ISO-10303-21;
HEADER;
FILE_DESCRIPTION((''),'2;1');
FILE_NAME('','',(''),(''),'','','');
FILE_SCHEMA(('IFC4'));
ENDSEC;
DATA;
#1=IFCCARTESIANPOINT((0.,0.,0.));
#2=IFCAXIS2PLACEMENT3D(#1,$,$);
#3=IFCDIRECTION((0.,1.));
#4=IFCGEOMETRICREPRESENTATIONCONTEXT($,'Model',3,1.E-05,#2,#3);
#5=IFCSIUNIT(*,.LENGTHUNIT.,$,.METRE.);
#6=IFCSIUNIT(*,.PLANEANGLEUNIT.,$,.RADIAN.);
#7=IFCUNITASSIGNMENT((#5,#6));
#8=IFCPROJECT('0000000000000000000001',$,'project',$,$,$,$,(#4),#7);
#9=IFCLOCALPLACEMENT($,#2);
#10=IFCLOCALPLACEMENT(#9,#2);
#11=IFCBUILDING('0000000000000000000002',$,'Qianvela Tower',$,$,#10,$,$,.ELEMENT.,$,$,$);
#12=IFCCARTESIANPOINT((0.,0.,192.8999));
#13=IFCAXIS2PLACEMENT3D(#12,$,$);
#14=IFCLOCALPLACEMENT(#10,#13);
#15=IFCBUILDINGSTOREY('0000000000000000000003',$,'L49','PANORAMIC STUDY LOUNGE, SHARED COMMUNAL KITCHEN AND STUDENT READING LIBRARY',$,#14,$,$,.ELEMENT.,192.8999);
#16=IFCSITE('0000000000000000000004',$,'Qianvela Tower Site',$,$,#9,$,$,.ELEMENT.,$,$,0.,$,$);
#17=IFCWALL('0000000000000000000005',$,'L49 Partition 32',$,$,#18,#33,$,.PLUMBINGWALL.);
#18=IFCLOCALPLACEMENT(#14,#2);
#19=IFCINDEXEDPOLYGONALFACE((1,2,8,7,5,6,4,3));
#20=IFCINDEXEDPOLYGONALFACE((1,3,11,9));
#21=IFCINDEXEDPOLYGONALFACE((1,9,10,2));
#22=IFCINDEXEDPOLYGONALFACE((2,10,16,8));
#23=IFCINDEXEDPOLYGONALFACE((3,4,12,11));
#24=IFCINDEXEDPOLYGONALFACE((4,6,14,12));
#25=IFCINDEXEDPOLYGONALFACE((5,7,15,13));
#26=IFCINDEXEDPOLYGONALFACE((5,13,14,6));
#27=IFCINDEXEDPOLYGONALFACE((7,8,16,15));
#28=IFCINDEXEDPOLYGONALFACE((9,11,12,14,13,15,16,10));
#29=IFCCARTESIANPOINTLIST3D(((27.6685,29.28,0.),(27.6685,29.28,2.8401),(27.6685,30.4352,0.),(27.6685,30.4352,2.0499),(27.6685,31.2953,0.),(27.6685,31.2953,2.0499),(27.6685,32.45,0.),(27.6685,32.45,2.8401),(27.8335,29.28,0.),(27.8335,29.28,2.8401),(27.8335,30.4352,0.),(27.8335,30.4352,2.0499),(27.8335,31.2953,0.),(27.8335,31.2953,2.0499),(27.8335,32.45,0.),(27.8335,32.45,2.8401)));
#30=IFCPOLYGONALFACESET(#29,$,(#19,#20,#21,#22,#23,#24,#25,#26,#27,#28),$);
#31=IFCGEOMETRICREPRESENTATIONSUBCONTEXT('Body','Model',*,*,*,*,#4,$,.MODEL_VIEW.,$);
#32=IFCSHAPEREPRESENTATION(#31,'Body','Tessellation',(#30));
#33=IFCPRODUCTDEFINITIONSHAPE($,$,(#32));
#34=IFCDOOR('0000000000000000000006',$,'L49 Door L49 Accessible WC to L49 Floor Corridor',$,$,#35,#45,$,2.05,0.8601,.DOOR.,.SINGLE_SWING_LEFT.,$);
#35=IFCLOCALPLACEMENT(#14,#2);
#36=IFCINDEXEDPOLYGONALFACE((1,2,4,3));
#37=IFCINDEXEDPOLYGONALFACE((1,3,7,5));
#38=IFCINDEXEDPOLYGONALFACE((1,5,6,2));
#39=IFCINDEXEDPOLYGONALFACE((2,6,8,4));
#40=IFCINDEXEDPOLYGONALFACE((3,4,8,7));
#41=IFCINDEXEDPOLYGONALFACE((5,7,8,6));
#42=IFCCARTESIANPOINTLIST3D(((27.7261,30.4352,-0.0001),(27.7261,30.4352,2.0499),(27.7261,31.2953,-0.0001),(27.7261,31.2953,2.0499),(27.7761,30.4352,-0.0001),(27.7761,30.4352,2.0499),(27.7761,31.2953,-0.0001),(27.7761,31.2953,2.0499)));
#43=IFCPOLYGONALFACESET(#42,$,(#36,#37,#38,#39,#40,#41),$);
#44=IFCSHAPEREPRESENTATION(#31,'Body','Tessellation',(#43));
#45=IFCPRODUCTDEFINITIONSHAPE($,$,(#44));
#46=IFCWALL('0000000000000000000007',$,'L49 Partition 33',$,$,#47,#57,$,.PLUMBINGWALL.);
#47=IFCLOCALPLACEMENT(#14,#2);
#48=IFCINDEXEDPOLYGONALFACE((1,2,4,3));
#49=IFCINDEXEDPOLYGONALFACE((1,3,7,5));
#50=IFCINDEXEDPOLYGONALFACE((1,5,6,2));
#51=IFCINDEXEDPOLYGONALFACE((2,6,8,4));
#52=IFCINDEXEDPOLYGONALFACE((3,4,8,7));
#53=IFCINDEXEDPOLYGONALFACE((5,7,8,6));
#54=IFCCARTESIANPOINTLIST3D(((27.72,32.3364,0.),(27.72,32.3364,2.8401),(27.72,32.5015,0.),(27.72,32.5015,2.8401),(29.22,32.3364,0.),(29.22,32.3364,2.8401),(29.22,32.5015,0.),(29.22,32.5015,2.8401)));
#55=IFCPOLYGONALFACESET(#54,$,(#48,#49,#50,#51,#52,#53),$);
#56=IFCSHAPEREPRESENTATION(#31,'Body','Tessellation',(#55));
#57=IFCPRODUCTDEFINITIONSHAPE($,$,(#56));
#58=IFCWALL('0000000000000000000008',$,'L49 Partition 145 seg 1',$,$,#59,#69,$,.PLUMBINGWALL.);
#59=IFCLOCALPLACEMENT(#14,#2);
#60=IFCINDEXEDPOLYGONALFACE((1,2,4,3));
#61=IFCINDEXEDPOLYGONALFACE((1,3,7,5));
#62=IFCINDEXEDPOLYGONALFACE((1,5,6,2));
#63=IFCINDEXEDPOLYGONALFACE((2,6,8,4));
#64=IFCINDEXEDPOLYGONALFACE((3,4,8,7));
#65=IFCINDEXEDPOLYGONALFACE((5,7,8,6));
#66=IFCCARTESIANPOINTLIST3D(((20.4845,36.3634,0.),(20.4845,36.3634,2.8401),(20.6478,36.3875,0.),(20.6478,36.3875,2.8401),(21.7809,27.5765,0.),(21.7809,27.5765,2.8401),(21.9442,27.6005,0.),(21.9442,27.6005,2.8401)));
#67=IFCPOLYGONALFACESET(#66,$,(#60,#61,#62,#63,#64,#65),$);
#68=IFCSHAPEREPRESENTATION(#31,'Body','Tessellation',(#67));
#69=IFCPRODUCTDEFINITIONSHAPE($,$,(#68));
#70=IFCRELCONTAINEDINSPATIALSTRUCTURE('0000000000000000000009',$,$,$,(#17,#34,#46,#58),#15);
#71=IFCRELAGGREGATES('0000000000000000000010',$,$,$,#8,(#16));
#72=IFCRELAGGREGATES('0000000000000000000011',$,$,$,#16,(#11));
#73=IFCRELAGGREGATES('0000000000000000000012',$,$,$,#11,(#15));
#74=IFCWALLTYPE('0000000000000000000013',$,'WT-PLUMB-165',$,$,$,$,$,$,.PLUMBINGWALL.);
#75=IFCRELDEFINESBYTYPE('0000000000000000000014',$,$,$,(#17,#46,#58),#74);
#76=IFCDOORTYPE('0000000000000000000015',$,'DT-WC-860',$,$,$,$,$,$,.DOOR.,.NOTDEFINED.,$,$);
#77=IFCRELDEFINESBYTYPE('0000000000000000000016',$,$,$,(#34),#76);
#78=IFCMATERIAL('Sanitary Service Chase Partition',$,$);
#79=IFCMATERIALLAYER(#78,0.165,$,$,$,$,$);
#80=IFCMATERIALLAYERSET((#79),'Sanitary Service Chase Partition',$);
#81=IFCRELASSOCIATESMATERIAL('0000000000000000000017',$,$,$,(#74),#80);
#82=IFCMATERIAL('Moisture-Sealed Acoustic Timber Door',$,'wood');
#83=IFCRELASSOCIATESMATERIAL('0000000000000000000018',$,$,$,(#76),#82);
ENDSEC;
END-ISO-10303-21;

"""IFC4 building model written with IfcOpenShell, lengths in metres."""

from ifc_helpers import new_model, si_unit, direction, frame, frame_2d, origin, place, context, subcontext, project, spatial, rectangle, extrude, material, layer, layer_set, type_object, element, fill, save


model = new_model("IFC4")

# Units and contexts
model_context = context("Model", 3, precision=1e-05, world=origin(), true_north=direction((0.0, 1.0)))
body_context = subcontext(model_context, "Body", "Model", "MODEL_VIEW")
ifc_project = project(units=[si_unit("LENGTHUNIT", "METRE"), si_unit("PLANEANGLEUNIT", "RADIAN")], contexts=[model_context])

# Site, building, storey
site_placement = place(None, origin())
site = spatial("IfcSite", under=ifc_project, at=site_placement, Name="Qianvela Tower Site", CompositionType="ELEMENT", RefElevation=0.0)
building_placement = place(site_placement, origin())
building = spatial("IfcBuilding", under=site, at=building_placement, Name="Qianvela Tower", CompositionType="ELEMENT")
storey_placement = place(building_placement, frame((0.0, 0.0, 192.8999)))
storey = spatial("IfcBuildingStorey", under=building, at=storey_placement, Name="L49", Description="PANORAMIC STUDY LOUNGE, SHARED COMMUNAL KITCHEN AND STUDENT READING LIBRARY", CompositionType="ELEMENT", Elevation=192.8999)

# Shared definitions
ifc_material_1 = material(Name="Sanitary Service Chase Partition")
ifc_layer_1 = layer(ifc_material_1, 0.165)
ifc_layer_set_1 = layer_set([ifc_layer_1], Name="Sanitary Service Chase Partition")
wall_type_1 = type_object("IfcWallType", Name="WT-PLUMB-165", PredefinedType="PLUMBINGWALL", material=ifc_layer_set_1)

# Wall, opening, door
wall_1_placement = place(storey_placement, frame((27.751, 29.28, 0.0), z_axis=(0.0, 0.0, 1.0), x_axis=(0.0, 1.0, 0.0)))
wall_1 = element("IfcWall", 1, at=wall_1_placement, inside=storey, type_object=wall_type_1, Name="L49 Partition 32", PredefinedType="PLUMBINGWALL", context=body_context, shape_type="SweptSolid", body=[
    extrude(rectangle(XDim=3.1699, YDim=0.165, at=frame_2d((1.585, 0.0))), origin(), (0.0, 0.0, 1.0), 2.8401),
])
opening_1_placement = place(wall_1_placement, frame((1.155, 0.0, 0.0)))
opening_1 = element("IfcOpeningElement", 2, at=opening_1_placement, cuts=wall_1, PredefinedType="OPENING", context=body_context, shape_type="SweptSolid", body=[
    extrude(rectangle(XDim=0.8601, YDim=2.05, at=frame_2d((0.4302, 1.0249))), frame((0.0, 0.0925, 0.0), z_axis=(0.0, -1.0, 0.0), x_axis=(1.0, 0.0, 0.0)), (0.0, 0.0, 1.0), 0.1851),
])
ifc_material_2 = material(Name="Moisture-Sealed Acoustic Timber Door", Category="wood")
door_type_1 = type_object("IfcDoorType", Name="DT-WC-860", OperationType="NOTDEFINED", PredefinedType="DOOR", material=ifc_material_2)
door_1_placement = place(opening_1_placement, origin())
door_1 = element("IfcDoor", 3, at=door_1_placement, inside=storey, type_object=door_type_1, Name="L49 Door L49 Accessible WC to L49 Floor Corridor", OperationType="SINGLE_SWING_LEFT", OverallHeight=2.05, OverallWidth=0.8601, PredefinedType="DOOR", context=body_context, shape_type="SweptSolid", body=[
    extrude(rectangle(XDim=0.8601, YDim=2.05, at=frame_2d((0.4302, 1.0249))), frame((0.0, 0.0249, 0.0), z_axis=(0.0, -1.0, 0.0), x_axis=(1.0, 0.0, 0.0)), (0.0, 0.0, 1.0), 0.05),
])
fill(opening_1, door_1)

# Walls
wall_2_placement = place(storey_placement, frame((27.72, 32.4189, 0.0), z_axis=(0.0, 0.0, 1.0), x_axis=(1.0, 0.0, 0.0)))
element("IfcWall", 4, at=wall_2_placement, inside=storey, type_object=wall_type_1, Name="L49 Partition 33", PredefinedType="PLUMBINGWALL", context=body_context, shape_type="SweptSolid", body=[
    extrude(rectangle(XDim=1.5, YDim=0.165, at=frame_2d((0.75, 0.0))), origin(), (0.0, 0.0, 1.0), 2.8401),
])
wall_3_placement = place(storey_placement, frame((21.8625, 27.5886, 0.0), z_axis=(0.0, 0.0, 1.0), x_axis=(-0.145957, 0.989291, 0.0)))
element("IfcWall", 5, at=wall_3_placement, inside=storey, type_object=wall_type_1, Name="L49 Partition 145 seg 1", PredefinedType="PLUMBINGWALL", context=body_context, shape_type="SweptSolid", body=[
    extrude(rectangle(XDim=8.8821, YDim=0.165, at=frame_2d((4.4409, 0.0))), origin(), (0.0, 0.0, 1.0), 2.8401),
])

save(model, "model.ifc")
